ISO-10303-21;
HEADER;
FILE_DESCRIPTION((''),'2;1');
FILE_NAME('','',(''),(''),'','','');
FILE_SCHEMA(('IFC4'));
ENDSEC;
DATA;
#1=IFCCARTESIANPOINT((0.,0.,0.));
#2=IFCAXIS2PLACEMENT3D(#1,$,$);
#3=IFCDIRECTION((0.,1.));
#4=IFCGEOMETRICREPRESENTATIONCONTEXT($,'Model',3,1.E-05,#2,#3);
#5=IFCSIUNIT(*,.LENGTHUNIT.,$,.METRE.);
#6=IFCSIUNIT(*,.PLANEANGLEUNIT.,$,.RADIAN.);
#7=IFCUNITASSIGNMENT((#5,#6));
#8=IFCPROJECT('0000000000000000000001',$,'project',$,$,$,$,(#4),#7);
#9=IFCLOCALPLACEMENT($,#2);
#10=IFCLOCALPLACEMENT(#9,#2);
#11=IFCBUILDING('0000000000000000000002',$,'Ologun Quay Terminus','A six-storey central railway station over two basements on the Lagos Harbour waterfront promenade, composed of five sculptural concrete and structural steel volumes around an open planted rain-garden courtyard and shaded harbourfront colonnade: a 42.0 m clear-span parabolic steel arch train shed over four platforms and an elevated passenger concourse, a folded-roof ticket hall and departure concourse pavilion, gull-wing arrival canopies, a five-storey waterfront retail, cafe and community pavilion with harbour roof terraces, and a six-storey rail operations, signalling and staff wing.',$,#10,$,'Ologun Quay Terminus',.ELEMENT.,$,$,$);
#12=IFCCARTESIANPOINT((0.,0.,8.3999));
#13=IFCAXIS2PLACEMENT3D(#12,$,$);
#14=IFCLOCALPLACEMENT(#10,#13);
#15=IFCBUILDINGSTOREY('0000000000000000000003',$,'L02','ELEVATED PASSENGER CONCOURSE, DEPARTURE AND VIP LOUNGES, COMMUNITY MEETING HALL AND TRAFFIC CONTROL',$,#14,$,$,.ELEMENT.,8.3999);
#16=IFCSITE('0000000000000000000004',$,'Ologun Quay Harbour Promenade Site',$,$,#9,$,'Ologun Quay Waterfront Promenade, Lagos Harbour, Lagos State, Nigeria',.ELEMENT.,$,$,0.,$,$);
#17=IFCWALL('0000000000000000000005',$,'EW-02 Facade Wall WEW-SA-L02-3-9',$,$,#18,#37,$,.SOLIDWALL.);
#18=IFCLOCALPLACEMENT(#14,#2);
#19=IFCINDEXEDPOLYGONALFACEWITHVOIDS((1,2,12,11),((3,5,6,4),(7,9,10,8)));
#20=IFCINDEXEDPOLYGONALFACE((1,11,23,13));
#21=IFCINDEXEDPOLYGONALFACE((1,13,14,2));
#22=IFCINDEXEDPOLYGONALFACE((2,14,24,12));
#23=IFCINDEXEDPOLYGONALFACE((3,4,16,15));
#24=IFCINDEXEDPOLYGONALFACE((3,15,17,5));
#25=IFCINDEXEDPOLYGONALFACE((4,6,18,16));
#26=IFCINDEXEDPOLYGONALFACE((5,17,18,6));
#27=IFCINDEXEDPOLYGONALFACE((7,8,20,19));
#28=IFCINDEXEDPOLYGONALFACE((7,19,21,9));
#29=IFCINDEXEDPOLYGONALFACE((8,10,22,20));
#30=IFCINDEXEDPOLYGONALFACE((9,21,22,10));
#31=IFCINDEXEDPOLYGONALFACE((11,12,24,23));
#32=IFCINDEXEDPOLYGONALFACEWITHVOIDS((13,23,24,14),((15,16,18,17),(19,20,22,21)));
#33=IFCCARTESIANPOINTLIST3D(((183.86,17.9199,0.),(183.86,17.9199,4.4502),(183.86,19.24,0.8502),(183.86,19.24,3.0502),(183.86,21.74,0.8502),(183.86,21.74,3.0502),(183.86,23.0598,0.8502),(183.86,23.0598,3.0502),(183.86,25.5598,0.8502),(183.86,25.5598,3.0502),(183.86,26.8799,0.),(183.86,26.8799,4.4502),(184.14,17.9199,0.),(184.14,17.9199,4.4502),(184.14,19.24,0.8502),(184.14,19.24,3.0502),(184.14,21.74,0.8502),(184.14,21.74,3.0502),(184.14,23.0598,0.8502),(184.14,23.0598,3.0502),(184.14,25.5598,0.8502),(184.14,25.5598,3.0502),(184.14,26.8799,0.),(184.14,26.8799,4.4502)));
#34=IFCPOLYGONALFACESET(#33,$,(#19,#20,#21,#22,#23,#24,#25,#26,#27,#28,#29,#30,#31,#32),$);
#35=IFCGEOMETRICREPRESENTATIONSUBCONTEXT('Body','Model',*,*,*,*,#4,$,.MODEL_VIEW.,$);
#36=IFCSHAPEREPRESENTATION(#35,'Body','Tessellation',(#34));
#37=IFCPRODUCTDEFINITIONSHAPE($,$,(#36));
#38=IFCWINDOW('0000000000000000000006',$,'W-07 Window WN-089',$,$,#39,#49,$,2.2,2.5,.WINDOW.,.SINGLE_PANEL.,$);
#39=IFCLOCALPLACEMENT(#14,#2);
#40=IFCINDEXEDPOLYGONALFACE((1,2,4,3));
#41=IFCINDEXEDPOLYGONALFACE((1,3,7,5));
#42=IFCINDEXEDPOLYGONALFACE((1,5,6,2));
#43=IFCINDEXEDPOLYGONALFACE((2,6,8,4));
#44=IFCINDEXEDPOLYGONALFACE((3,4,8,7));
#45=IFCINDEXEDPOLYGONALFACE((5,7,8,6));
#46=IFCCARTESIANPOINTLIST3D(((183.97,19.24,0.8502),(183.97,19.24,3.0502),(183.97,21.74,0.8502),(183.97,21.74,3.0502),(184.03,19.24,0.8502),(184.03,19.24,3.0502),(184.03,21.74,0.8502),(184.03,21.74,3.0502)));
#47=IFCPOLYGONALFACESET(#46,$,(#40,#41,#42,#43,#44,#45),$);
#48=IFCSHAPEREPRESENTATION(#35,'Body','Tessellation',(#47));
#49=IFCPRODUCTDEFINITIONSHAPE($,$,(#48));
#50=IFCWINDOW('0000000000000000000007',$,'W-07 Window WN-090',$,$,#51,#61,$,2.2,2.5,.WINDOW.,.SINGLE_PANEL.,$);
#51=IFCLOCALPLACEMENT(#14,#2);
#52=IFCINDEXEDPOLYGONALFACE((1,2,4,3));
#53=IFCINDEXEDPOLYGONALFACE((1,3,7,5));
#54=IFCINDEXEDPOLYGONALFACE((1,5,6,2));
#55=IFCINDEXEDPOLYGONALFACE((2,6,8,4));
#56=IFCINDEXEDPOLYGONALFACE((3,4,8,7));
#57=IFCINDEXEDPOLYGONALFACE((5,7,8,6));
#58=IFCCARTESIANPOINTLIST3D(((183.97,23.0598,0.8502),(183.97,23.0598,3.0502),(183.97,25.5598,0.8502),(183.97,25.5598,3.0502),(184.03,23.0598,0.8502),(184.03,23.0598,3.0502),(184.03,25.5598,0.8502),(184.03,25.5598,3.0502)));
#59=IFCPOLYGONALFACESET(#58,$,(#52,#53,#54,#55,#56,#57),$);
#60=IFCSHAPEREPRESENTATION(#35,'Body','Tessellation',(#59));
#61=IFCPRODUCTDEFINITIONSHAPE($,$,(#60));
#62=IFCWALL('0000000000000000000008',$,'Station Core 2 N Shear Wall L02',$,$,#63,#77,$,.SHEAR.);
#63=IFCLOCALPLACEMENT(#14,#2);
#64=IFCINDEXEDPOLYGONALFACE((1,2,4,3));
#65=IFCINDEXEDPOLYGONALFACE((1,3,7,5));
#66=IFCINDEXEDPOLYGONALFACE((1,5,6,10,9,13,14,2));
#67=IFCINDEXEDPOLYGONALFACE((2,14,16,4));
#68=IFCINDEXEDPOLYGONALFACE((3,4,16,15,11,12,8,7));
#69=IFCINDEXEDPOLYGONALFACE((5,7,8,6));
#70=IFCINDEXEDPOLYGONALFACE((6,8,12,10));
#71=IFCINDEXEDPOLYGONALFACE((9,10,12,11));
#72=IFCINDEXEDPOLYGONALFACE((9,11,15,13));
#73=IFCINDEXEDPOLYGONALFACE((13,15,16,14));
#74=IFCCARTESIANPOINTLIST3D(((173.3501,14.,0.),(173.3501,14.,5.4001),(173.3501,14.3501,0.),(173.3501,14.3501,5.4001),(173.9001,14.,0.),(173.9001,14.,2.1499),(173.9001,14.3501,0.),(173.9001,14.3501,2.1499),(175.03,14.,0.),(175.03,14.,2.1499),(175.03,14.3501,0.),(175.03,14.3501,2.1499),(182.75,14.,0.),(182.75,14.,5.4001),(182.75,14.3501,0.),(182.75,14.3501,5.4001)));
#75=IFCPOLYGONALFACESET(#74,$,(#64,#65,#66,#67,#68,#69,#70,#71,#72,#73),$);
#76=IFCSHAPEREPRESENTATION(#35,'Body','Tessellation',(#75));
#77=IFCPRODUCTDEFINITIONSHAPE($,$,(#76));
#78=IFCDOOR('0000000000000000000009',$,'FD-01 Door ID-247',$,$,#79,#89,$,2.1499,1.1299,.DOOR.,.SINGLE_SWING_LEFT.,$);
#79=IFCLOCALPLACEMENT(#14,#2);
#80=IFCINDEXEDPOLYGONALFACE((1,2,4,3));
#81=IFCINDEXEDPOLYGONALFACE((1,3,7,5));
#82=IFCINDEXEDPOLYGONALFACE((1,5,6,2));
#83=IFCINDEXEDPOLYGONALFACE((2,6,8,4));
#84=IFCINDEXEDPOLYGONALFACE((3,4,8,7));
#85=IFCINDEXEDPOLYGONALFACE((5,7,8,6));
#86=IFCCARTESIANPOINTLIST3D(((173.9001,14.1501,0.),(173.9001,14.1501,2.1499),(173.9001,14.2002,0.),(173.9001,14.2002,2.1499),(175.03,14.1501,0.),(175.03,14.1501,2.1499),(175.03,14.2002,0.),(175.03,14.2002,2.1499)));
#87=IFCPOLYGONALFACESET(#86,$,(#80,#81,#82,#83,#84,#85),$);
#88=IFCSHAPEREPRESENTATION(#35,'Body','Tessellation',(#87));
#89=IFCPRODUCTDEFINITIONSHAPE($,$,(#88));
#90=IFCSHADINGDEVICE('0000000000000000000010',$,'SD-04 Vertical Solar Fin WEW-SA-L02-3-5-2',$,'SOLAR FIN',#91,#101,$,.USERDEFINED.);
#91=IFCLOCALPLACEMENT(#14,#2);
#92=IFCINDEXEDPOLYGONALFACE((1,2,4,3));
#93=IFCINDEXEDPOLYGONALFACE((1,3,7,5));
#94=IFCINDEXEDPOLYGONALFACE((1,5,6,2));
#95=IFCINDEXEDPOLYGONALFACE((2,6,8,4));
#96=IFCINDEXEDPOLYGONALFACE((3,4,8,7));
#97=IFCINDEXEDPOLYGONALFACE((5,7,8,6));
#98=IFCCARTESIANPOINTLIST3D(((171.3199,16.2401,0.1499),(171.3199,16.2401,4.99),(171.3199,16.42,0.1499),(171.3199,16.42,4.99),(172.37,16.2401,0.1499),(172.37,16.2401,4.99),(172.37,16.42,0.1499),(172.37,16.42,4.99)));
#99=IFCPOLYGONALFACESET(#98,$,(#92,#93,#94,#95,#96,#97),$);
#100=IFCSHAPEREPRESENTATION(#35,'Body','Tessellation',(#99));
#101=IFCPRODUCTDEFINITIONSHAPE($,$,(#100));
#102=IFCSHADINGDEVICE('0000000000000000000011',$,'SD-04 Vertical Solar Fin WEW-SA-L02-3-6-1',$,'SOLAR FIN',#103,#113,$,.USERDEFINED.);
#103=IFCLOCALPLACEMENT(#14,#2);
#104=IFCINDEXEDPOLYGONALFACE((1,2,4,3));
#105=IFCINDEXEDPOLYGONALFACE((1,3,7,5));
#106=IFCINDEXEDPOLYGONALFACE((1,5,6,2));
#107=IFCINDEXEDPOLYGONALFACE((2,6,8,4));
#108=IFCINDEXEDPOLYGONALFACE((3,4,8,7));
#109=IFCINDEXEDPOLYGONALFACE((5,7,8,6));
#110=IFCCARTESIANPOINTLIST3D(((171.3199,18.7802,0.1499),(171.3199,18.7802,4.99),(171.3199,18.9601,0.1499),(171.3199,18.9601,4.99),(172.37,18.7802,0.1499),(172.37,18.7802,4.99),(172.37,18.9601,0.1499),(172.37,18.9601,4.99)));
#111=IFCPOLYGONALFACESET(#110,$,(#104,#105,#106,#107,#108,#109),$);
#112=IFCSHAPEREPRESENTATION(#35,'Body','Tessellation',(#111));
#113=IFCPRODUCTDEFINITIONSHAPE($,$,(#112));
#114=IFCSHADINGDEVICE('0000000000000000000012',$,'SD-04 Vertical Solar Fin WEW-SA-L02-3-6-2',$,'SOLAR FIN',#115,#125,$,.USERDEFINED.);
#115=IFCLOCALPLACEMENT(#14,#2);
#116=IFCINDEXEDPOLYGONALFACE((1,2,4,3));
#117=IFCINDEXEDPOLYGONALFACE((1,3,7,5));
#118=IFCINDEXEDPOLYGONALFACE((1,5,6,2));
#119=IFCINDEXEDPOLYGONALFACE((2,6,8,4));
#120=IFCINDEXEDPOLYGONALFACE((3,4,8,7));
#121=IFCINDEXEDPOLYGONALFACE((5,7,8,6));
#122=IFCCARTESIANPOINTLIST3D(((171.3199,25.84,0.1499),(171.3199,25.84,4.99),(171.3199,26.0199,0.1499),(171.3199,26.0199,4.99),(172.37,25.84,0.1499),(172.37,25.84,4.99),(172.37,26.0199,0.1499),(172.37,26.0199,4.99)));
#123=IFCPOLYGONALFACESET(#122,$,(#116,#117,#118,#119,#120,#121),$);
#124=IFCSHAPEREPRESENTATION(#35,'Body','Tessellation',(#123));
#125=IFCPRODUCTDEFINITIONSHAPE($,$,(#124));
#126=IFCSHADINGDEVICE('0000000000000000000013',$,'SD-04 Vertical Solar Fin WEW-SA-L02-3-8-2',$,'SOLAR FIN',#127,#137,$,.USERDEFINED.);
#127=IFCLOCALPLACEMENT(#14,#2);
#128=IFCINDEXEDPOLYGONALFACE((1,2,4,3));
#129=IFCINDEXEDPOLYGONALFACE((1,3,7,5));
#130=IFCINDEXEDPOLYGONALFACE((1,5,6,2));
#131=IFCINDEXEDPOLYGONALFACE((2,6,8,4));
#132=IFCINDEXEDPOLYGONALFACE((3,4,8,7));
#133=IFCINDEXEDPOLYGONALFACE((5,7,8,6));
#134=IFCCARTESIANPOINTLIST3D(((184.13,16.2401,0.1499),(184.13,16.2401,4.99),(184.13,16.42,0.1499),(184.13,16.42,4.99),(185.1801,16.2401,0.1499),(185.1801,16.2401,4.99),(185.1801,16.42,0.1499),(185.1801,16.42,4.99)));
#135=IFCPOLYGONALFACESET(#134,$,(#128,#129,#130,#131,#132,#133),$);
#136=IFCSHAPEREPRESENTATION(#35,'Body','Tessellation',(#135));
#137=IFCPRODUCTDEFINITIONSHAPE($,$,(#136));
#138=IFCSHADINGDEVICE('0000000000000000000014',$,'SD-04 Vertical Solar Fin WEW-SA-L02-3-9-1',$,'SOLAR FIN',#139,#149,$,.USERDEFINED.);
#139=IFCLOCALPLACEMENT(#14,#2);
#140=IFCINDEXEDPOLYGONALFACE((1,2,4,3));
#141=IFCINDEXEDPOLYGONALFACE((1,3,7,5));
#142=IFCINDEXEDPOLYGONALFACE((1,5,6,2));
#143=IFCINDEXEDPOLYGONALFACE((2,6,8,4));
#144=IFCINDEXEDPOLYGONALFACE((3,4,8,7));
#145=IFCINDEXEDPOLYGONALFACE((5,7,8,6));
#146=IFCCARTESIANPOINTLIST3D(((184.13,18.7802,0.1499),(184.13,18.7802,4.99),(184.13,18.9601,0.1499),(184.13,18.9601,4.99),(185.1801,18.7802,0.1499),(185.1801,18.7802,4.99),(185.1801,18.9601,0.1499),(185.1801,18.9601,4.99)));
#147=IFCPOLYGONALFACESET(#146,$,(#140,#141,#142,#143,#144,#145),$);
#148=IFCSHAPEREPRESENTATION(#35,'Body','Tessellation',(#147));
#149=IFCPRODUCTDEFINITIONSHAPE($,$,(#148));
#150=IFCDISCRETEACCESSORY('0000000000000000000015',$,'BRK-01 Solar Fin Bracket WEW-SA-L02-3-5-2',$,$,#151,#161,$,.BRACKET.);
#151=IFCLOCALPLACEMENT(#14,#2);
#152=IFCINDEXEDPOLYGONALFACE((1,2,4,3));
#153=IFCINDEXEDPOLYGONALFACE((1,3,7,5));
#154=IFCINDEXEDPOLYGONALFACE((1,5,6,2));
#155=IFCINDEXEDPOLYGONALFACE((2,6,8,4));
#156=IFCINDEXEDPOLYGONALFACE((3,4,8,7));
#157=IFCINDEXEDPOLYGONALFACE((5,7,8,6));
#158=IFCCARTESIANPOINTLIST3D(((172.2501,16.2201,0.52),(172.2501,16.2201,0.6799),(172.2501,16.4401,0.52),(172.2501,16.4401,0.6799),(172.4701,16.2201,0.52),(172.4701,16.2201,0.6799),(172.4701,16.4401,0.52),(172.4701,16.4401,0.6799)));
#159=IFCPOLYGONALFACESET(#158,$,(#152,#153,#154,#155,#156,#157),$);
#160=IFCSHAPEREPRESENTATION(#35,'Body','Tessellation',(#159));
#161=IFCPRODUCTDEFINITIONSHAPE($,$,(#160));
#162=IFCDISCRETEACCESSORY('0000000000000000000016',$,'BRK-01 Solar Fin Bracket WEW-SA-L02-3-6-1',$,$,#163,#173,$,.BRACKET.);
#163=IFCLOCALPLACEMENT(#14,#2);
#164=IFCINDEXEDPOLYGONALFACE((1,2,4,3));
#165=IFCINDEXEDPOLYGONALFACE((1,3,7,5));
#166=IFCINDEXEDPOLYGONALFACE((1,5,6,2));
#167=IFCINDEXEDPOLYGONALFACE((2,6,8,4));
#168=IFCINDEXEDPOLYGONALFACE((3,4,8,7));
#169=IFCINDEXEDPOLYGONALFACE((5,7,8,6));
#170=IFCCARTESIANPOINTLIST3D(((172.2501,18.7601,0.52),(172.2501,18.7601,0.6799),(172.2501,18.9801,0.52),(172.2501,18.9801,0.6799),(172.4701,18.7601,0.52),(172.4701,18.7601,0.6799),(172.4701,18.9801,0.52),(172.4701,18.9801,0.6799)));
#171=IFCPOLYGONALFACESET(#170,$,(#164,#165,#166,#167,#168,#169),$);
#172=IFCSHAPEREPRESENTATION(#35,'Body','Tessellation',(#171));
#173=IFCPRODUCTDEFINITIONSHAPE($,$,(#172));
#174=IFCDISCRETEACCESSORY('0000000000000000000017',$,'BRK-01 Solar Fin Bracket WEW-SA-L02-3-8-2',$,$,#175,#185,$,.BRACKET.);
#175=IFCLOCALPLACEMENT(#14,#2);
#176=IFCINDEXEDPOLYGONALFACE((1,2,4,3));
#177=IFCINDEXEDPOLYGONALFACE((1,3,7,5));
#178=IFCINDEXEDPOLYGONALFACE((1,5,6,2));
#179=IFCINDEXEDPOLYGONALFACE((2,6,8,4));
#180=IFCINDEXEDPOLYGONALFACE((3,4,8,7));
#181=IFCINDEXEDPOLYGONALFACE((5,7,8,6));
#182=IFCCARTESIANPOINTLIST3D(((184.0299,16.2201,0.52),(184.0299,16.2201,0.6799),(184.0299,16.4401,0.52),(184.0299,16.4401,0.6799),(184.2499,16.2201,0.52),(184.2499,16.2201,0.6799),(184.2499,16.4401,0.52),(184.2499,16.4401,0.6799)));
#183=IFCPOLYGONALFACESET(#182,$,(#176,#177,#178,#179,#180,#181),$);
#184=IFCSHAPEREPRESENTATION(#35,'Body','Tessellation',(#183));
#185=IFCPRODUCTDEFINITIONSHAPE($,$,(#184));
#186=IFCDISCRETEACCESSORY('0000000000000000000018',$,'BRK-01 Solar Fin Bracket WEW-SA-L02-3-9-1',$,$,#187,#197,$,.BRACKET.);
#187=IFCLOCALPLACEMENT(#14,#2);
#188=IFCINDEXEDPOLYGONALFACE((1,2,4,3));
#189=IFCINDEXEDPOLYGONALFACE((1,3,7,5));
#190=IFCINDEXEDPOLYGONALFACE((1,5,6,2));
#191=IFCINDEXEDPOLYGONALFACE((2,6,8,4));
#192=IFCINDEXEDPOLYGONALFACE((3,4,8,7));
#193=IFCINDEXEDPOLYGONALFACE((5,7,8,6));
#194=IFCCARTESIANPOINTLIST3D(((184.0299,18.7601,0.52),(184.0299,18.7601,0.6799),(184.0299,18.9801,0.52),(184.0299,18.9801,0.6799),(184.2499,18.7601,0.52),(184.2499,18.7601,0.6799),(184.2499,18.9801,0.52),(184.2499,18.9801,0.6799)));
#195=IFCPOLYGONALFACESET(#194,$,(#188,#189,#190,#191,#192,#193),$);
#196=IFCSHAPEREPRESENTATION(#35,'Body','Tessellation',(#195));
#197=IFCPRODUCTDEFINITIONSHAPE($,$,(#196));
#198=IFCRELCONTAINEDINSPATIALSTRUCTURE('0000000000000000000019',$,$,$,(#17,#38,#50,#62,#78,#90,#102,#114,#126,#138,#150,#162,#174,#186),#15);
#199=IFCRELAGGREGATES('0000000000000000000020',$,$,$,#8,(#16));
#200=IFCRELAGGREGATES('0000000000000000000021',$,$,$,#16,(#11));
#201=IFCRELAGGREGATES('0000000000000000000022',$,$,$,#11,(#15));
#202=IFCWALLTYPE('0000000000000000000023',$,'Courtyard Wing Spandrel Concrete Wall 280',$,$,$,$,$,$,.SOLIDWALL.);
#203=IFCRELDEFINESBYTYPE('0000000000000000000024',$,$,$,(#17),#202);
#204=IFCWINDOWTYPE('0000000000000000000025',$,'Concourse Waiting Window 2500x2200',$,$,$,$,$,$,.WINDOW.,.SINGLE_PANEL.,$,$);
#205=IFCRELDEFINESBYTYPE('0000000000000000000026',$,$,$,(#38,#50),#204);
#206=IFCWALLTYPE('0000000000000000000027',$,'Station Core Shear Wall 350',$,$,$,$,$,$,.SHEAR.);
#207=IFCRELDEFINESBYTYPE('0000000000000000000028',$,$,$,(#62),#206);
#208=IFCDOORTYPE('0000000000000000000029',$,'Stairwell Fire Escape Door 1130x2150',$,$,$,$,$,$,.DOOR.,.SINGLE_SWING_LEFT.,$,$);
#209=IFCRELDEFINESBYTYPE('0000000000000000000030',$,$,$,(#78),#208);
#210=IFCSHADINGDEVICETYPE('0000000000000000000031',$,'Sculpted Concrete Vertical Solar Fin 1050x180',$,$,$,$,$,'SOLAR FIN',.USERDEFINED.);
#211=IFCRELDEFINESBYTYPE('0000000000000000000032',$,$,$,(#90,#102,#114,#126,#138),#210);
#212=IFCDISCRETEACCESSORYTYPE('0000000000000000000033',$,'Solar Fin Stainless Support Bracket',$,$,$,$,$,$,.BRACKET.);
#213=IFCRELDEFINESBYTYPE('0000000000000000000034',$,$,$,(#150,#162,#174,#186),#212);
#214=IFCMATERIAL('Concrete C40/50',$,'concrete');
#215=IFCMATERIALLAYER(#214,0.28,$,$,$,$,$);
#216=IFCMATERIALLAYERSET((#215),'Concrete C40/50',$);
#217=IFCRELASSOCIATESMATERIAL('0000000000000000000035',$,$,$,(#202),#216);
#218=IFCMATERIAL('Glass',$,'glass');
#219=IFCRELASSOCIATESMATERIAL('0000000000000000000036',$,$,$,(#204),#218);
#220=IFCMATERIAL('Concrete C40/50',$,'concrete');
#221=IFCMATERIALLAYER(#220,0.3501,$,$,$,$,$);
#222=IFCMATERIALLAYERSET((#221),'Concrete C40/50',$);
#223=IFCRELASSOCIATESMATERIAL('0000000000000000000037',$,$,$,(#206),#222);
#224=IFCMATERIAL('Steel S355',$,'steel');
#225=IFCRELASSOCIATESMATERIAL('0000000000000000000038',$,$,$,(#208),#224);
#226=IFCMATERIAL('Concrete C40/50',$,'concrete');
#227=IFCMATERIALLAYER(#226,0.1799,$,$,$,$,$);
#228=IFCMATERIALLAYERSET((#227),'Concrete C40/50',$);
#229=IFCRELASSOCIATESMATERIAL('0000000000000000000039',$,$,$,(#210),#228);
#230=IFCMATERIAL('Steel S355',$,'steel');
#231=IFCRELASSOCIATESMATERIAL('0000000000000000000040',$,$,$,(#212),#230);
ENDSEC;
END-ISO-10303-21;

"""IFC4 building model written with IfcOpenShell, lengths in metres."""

from ifc_helpers import new_model, si_unit, direction, frame, frame_2d, origin, origin_2d, place, context, subcontext, project, spatial, rectangle, extrude, material, layer, layer_set, type_object, element, fill, save


model = new_model("IFC4")

# Units and contexts
model_context = context("Model", 3, precision=1e-05, world=origin(), true_north=direction((0.0, 1.0)))
body_context = subcontext(model_context, "Body", "Model", "MODEL_VIEW")
ifc_project = project(units=[si_unit("LENGTHUNIT", "METRE"), si_unit("PLANEANGLEUNIT", "RADIAN")], contexts=[model_context])

# Site, building, storey
site_placement = place(None, origin())
site = spatial("IfcSite", under=ifc_project, at=site_placement, Name="Ologun Quay Harbour Promenade Site", LongName="Ologun Quay Waterfront Promenade, Lagos Harbour, Lagos State, Nigeria", CompositionType="ELEMENT", RefElevation=0.0)
building_placement = place(site_placement, origin())
building = spatial("IfcBuilding", under=site, at=building_placement, Name="Ologun Quay Terminus", Description="A six-storey central railway station over two basements on the Lagos Harbour waterfront promenade, composed of five sculptural concrete and structural steel volumes around an open planted rain-garden courtyard and shaded harbourfront colonnade: a 42.0 m clear-span parabolic steel arch train shed over four platforms and an elevated passenger concourse, a folded-roof ticket hall and departure concourse pavilion, gull-wing arrival canopies, a five-storey waterfront retail, cafe and community pavilion with harbour roof terraces, and a six-storey rail operations, signalling and staff wing.", LongName="Ologun Quay Terminus", CompositionType="ELEMENT")
storey_placement = place(building_placement, frame((0.0, 0.0, 8.3999)))
storey = spatial("IfcBuildingStorey", under=building, at=storey_placement, Name="L02", Description="ELEVATED PASSENGER CONCOURSE, DEPARTURE AND VIP LOUNGES, COMMUNITY MEETING HALL AND TRAFFIC CONTROL", CompositionType="ELEMENT", Elevation=8.3999)

# Wall, openings, windows
ifc_material_1 = material(Name="Concrete C40/50", Category="concrete")
ifc_layer_1 = layer(ifc_material_1, 0.28)
ifc_layer_set_1 = layer_set([ifc_layer_1], Name="Concrete C40/50")
wall_type_1 = type_object("IfcWallType", Name="Courtyard Wing Spandrel Concrete Wall 280", PredefinedType="SOLIDWALL", material=ifc_layer_set_1)
wall_1_placement = place(storey_placement, frame((184.0, 17.9199, 0.0), z_axis=(0.0, 0.0, 1.0), x_axis=(0.0, 1.0, 0.0)))
wall_1 = element("IfcWall", 1, at=wall_1_placement, inside=storey, type_object=wall_type_1, Name="EW-02 Facade Wall WEW-SA-L02-3-9", PredefinedType="SOLIDWALL", context=body_context, shape_type="SweptSolid", body=[
    extrude(rectangle(XDim=8.96, YDim=0.28, at=frame_2d((4.48, 0.0))), origin(), (0.0, 0.0, 1.0), 4.4502),
])
opening_1_placement = place(wall_1_placement, frame((1.3201, 0.0, 0.8501)))
opening_1 = element("IfcOpeningElement", 2, at=opening_1_placement, cuts=wall_1, PredefinedType="OPENING", context=body_context, shape_type="SweptSolid", body=[
    extrude(rectangle(XDim=2.5, YDim=2.2, at=frame_2d((1.25, 1.1001))), frame((0.0, 0.1499, 0.0), z_axis=(0.0, -1.0, 0.0), x_axis=(1.0, 0.0, 0.0)), (0.0, 0.0, 1.0), 0.3),
])
opening_2_placement = place(wall_1_placement, frame((5.1399, 0.0, 0.8501)))
opening_2 = element("IfcOpeningElement", 3, at=opening_2_placement, cuts=wall_1, PredefinedType="OPENING", context=body_context, shape_type="SweptSolid", body=[
    extrude(rectangle(XDim=2.5, YDim=2.2, at=frame_2d((1.25, 1.1001))), frame((0.0, 0.1499, 0.0), z_axis=(0.0, -1.0, 0.0), x_axis=(1.0, 0.0, 0.0)), (0.0, 0.0, 1.0), 0.3),
])
ifc_material_2 = material(Name="Glass", Category="glass")
window_type_1 = type_object("IfcWindowType", Name="Concourse Waiting Window 2500x2200", PartitioningType="SINGLE_PANEL", PredefinedType="WINDOW", material=ifc_material_2)
window_1_placement = place(opening_1_placement, origin())
window_1 = element("IfcWindow", 4, at=window_1_placement, inside=storey, type_object=window_type_1, Name="W-07 Window WN-089", OverallHeight=2.2, OverallWidth=2.5, PartitioningType="SINGLE_PANEL", PredefinedType="WINDOW", context=body_context, shape_type="SweptSolid", body=[
    extrude(rectangle(XDim=2.5, YDim=2.2, at=frame_2d((1.25, 1.1001))), frame((0.0, 0.03, 0.0), z_axis=(0.0, -1.0, 0.0), x_axis=(1.0, 0.0, 0.0)), (0.0, 0.0, 1.0), 0.0601),
])
fill(opening_1, window_1)
window_2_placement = place(opening_2_placement, origin())
window_2 = element("IfcWindow", 5, at=window_2_placement, inside=storey, type_object=window_type_1, Name="W-07 Window WN-090", OverallHeight=2.2, OverallWidth=2.5, PartitioningType="SINGLE_PANEL", PredefinedType="WINDOW", context=body_context, shape_type="SweptSolid", body=[
    extrude(rectangle(XDim=2.5, YDim=2.2, at=frame_2d((1.25, 1.1001))), frame((0.0, 0.03, 0.0), z_axis=(0.0, -1.0, 0.0), x_axis=(1.0, 0.0, 0.0)), (0.0, 0.0, 1.0), 0.0601),
])
fill(opening_2, window_2)

# Wall, opening, door
ifc_material_3 = material(Name="Concrete C40/50", Category="concrete")
ifc_layer_2 = layer(ifc_material_3, 0.3501)
ifc_layer_set_2 = layer_set([ifc_layer_2], Name="Concrete C40/50")
wall_type_2 = type_object("IfcWallType", Name="Station Core Shear Wall 350", PredefinedType="SHEAR", material=ifc_layer_set_2)
wall_2_placement = place(storey_placement, frame((173.3501, 14.175, 0.0), z_axis=(0.0, 0.0, 1.0), x_axis=(1.0, 0.0, 0.0)))
wall_2 = element("IfcWall", 6, at=wall_2_placement, inside=storey, type_object=wall_type_2, Name="Station Core 2 N Shear Wall L02", PredefinedType="SHEAR", context=body_context, shape_type="SweptSolid", body=[
    extrude(rectangle(XDim=9.3999, YDim=0.3501, at=frame_2d((4.7, 0.0))), origin(), (0.0, 0.0, 1.0), 5.4001),
])
opening_3_placement = place(wall_2_placement, frame((0.55, 0.0, 0.0)))
opening_3 = element("IfcOpeningElement", 7, at=opening_3_placement, cuts=wall_2, PredefinedType="OPENING", context=body_context, shape_type="SweptSolid", body=[
    extrude(rectangle(XDim=1.1299, YDim=2.1499, at=frame_2d((0.5649, 1.075))), frame((0.0, 0.1851, 0.0), z_axis=(0.0, -1.0, 0.0), x_axis=(1.0, 0.0, 0.0)), (0.0, 0.0, 1.0), 0.3701),
])
ifc_material_4 = material(Name="Steel S355", Category="steel")
door_type = type_object("IfcDoorType", Name="Stairwell Fire Escape Door 1130x2150", OperationType="SINGLE_SWING_LEFT", PredefinedType="DOOR", material=ifc_material_4)
door_placement = place(opening_3_placement, frame((0.5649, 0.0, 0.0), z_axis=(0.0, 0.0, 1.0), x_axis=(-1.0, 0.0, 0.0)))
door = element("IfcDoor", 8, at=door_placement, inside=storey, type_object=door_type, Name="FD-01 Door ID-247", OperationType="SINGLE_SWING_LEFT", OverallHeight=2.1499, OverallWidth=1.1299, PredefinedType="DOOR", context=body_context, shape_type="SweptSolid", body=[
    extrude(rectangle(XDim=1.1299, YDim=2.1499, at=frame_2d((0.0, 1.075))), frame((0.0, 0.0249, 0.0), z_axis=(0.0, -1.0, 0.0), x_axis=(1.0, 0.0, 0.0)), (0.0, 0.0, 1.0), 0.05),
])
fill(opening_3, door)

# Shading devices
ifc_material_5 = material(Name="Concrete C40/50", Category="concrete")
ifc_layer_3 = layer(ifc_material_5, 0.1799)
ifc_layer_set_3 = layer_set([ifc_layer_3], Name="Concrete C40/50")
shading_device_type = type_object("IfcShadingDeviceType", Name="Sculpted Concrete Vertical Solar Fin 1050x180", ElementType="SOLAR FIN", PredefinedType="USERDEFINED", material=ifc_layer_set_3)
for number, where, z_axis, x_axis, name in (
    (9, (171.845, 16.3301, 0.1499), (0.0, 0.0, 1.0), (1.0, 0.0, 0.0), "SD-04 Vertical Solar Fin WEW-SA-L02-3-5-2"),
    (10, (171.845, 18.8701, 0.1499), (0.0, 0.0, 1.0), (1.0, 0.0, 0.0), "SD-04 Vertical Solar Fin WEW-SA-L02-3-6-1"),
    (11, (171.845, 25.9299, 0.1499), (0.0, 0.0, 1.0), (1.0, 0.0, 0.0), "SD-04 Vertical Solar Fin WEW-SA-L02-3-6-2"),
    (12, (184.655, 16.3301, 0.1499), (0.0, 0.0, 1.0), (1.0, 0.0, 0.0), "SD-04 Vertical Solar Fin WEW-SA-L02-3-8-2"),
    (13, (184.655, 18.8701, 0.1499), (0.0, 0.0, 1.0), (1.0, 0.0, 0.0), "SD-04 Vertical Solar Fin WEW-SA-L02-3-9-1"),
):
    element("IfcShadingDevice", number, at=place(storey_placement, frame(where, z_axis=z_axis, x_axis=x_axis)), inside=storey, type_object=shading_device_type, Name=name, ObjectType="SOLAR FIN", PredefinedType="USERDEFINED", context=body_context, shape_type="SweptSolid", body=[
        extrude(rectangle(XDim=1.05, YDim=0.1799, at=origin_2d()), origin(), (0.0, 0.0, 1.0), 4.8401),
    ])

# Discrete accessories
ifc_material_6 = material(Name="Steel S355", Category="steel")
discrete_accessory_type = type_object("IfcDiscreteAccessoryType", Name="Solar Fin Stainless Support Bracket", PredefinedType="BRACKET", material=ifc_material_6)
for number, where, z_axis, x_axis, name in (
    (14, (172.3601, 16.3301, 0.52), (0.0, 0.0, 1.0), (1.0, 0.0, 0.0), "BRK-01 Solar Fin Bracket WEW-SA-L02-3-5-2"),
    (15, (172.3601, 18.8701, 0.52), (0.0, 0.0, 1.0), (1.0, 0.0, 0.0), "BRK-01 Solar Fin Bracket WEW-SA-L02-3-6-1"),
    (16, (184.1399, 16.3301, 0.52), (0.0, 0.0, 1.0), (1.0, 0.0, 0.0), "BRK-01 Solar Fin Bracket WEW-SA-L02-3-8-2"),
    (17, (184.1399, 18.8701, 0.52), (0.0, 0.0, 1.0), (1.0, 0.0, 0.0), "BRK-01 Solar Fin Bracket WEW-SA-L02-3-9-1"),
):
    element("IfcDiscreteAccessory", number, at=place(storey_placement, frame(where, z_axis=z_axis, x_axis=x_axis)), inside=storey, type_object=discrete_accessory_type, Name=name, PredefinedType="BRACKET", context=body_context, shape_type="SweptSolid", body=[
        extrude(rectangle(XDim=0.22, YDim=0.22, at=origin_2d()), origin(), (0.0, 0.0, 1.0), 0.1599),
    ])

save(model, "model.ifc")
